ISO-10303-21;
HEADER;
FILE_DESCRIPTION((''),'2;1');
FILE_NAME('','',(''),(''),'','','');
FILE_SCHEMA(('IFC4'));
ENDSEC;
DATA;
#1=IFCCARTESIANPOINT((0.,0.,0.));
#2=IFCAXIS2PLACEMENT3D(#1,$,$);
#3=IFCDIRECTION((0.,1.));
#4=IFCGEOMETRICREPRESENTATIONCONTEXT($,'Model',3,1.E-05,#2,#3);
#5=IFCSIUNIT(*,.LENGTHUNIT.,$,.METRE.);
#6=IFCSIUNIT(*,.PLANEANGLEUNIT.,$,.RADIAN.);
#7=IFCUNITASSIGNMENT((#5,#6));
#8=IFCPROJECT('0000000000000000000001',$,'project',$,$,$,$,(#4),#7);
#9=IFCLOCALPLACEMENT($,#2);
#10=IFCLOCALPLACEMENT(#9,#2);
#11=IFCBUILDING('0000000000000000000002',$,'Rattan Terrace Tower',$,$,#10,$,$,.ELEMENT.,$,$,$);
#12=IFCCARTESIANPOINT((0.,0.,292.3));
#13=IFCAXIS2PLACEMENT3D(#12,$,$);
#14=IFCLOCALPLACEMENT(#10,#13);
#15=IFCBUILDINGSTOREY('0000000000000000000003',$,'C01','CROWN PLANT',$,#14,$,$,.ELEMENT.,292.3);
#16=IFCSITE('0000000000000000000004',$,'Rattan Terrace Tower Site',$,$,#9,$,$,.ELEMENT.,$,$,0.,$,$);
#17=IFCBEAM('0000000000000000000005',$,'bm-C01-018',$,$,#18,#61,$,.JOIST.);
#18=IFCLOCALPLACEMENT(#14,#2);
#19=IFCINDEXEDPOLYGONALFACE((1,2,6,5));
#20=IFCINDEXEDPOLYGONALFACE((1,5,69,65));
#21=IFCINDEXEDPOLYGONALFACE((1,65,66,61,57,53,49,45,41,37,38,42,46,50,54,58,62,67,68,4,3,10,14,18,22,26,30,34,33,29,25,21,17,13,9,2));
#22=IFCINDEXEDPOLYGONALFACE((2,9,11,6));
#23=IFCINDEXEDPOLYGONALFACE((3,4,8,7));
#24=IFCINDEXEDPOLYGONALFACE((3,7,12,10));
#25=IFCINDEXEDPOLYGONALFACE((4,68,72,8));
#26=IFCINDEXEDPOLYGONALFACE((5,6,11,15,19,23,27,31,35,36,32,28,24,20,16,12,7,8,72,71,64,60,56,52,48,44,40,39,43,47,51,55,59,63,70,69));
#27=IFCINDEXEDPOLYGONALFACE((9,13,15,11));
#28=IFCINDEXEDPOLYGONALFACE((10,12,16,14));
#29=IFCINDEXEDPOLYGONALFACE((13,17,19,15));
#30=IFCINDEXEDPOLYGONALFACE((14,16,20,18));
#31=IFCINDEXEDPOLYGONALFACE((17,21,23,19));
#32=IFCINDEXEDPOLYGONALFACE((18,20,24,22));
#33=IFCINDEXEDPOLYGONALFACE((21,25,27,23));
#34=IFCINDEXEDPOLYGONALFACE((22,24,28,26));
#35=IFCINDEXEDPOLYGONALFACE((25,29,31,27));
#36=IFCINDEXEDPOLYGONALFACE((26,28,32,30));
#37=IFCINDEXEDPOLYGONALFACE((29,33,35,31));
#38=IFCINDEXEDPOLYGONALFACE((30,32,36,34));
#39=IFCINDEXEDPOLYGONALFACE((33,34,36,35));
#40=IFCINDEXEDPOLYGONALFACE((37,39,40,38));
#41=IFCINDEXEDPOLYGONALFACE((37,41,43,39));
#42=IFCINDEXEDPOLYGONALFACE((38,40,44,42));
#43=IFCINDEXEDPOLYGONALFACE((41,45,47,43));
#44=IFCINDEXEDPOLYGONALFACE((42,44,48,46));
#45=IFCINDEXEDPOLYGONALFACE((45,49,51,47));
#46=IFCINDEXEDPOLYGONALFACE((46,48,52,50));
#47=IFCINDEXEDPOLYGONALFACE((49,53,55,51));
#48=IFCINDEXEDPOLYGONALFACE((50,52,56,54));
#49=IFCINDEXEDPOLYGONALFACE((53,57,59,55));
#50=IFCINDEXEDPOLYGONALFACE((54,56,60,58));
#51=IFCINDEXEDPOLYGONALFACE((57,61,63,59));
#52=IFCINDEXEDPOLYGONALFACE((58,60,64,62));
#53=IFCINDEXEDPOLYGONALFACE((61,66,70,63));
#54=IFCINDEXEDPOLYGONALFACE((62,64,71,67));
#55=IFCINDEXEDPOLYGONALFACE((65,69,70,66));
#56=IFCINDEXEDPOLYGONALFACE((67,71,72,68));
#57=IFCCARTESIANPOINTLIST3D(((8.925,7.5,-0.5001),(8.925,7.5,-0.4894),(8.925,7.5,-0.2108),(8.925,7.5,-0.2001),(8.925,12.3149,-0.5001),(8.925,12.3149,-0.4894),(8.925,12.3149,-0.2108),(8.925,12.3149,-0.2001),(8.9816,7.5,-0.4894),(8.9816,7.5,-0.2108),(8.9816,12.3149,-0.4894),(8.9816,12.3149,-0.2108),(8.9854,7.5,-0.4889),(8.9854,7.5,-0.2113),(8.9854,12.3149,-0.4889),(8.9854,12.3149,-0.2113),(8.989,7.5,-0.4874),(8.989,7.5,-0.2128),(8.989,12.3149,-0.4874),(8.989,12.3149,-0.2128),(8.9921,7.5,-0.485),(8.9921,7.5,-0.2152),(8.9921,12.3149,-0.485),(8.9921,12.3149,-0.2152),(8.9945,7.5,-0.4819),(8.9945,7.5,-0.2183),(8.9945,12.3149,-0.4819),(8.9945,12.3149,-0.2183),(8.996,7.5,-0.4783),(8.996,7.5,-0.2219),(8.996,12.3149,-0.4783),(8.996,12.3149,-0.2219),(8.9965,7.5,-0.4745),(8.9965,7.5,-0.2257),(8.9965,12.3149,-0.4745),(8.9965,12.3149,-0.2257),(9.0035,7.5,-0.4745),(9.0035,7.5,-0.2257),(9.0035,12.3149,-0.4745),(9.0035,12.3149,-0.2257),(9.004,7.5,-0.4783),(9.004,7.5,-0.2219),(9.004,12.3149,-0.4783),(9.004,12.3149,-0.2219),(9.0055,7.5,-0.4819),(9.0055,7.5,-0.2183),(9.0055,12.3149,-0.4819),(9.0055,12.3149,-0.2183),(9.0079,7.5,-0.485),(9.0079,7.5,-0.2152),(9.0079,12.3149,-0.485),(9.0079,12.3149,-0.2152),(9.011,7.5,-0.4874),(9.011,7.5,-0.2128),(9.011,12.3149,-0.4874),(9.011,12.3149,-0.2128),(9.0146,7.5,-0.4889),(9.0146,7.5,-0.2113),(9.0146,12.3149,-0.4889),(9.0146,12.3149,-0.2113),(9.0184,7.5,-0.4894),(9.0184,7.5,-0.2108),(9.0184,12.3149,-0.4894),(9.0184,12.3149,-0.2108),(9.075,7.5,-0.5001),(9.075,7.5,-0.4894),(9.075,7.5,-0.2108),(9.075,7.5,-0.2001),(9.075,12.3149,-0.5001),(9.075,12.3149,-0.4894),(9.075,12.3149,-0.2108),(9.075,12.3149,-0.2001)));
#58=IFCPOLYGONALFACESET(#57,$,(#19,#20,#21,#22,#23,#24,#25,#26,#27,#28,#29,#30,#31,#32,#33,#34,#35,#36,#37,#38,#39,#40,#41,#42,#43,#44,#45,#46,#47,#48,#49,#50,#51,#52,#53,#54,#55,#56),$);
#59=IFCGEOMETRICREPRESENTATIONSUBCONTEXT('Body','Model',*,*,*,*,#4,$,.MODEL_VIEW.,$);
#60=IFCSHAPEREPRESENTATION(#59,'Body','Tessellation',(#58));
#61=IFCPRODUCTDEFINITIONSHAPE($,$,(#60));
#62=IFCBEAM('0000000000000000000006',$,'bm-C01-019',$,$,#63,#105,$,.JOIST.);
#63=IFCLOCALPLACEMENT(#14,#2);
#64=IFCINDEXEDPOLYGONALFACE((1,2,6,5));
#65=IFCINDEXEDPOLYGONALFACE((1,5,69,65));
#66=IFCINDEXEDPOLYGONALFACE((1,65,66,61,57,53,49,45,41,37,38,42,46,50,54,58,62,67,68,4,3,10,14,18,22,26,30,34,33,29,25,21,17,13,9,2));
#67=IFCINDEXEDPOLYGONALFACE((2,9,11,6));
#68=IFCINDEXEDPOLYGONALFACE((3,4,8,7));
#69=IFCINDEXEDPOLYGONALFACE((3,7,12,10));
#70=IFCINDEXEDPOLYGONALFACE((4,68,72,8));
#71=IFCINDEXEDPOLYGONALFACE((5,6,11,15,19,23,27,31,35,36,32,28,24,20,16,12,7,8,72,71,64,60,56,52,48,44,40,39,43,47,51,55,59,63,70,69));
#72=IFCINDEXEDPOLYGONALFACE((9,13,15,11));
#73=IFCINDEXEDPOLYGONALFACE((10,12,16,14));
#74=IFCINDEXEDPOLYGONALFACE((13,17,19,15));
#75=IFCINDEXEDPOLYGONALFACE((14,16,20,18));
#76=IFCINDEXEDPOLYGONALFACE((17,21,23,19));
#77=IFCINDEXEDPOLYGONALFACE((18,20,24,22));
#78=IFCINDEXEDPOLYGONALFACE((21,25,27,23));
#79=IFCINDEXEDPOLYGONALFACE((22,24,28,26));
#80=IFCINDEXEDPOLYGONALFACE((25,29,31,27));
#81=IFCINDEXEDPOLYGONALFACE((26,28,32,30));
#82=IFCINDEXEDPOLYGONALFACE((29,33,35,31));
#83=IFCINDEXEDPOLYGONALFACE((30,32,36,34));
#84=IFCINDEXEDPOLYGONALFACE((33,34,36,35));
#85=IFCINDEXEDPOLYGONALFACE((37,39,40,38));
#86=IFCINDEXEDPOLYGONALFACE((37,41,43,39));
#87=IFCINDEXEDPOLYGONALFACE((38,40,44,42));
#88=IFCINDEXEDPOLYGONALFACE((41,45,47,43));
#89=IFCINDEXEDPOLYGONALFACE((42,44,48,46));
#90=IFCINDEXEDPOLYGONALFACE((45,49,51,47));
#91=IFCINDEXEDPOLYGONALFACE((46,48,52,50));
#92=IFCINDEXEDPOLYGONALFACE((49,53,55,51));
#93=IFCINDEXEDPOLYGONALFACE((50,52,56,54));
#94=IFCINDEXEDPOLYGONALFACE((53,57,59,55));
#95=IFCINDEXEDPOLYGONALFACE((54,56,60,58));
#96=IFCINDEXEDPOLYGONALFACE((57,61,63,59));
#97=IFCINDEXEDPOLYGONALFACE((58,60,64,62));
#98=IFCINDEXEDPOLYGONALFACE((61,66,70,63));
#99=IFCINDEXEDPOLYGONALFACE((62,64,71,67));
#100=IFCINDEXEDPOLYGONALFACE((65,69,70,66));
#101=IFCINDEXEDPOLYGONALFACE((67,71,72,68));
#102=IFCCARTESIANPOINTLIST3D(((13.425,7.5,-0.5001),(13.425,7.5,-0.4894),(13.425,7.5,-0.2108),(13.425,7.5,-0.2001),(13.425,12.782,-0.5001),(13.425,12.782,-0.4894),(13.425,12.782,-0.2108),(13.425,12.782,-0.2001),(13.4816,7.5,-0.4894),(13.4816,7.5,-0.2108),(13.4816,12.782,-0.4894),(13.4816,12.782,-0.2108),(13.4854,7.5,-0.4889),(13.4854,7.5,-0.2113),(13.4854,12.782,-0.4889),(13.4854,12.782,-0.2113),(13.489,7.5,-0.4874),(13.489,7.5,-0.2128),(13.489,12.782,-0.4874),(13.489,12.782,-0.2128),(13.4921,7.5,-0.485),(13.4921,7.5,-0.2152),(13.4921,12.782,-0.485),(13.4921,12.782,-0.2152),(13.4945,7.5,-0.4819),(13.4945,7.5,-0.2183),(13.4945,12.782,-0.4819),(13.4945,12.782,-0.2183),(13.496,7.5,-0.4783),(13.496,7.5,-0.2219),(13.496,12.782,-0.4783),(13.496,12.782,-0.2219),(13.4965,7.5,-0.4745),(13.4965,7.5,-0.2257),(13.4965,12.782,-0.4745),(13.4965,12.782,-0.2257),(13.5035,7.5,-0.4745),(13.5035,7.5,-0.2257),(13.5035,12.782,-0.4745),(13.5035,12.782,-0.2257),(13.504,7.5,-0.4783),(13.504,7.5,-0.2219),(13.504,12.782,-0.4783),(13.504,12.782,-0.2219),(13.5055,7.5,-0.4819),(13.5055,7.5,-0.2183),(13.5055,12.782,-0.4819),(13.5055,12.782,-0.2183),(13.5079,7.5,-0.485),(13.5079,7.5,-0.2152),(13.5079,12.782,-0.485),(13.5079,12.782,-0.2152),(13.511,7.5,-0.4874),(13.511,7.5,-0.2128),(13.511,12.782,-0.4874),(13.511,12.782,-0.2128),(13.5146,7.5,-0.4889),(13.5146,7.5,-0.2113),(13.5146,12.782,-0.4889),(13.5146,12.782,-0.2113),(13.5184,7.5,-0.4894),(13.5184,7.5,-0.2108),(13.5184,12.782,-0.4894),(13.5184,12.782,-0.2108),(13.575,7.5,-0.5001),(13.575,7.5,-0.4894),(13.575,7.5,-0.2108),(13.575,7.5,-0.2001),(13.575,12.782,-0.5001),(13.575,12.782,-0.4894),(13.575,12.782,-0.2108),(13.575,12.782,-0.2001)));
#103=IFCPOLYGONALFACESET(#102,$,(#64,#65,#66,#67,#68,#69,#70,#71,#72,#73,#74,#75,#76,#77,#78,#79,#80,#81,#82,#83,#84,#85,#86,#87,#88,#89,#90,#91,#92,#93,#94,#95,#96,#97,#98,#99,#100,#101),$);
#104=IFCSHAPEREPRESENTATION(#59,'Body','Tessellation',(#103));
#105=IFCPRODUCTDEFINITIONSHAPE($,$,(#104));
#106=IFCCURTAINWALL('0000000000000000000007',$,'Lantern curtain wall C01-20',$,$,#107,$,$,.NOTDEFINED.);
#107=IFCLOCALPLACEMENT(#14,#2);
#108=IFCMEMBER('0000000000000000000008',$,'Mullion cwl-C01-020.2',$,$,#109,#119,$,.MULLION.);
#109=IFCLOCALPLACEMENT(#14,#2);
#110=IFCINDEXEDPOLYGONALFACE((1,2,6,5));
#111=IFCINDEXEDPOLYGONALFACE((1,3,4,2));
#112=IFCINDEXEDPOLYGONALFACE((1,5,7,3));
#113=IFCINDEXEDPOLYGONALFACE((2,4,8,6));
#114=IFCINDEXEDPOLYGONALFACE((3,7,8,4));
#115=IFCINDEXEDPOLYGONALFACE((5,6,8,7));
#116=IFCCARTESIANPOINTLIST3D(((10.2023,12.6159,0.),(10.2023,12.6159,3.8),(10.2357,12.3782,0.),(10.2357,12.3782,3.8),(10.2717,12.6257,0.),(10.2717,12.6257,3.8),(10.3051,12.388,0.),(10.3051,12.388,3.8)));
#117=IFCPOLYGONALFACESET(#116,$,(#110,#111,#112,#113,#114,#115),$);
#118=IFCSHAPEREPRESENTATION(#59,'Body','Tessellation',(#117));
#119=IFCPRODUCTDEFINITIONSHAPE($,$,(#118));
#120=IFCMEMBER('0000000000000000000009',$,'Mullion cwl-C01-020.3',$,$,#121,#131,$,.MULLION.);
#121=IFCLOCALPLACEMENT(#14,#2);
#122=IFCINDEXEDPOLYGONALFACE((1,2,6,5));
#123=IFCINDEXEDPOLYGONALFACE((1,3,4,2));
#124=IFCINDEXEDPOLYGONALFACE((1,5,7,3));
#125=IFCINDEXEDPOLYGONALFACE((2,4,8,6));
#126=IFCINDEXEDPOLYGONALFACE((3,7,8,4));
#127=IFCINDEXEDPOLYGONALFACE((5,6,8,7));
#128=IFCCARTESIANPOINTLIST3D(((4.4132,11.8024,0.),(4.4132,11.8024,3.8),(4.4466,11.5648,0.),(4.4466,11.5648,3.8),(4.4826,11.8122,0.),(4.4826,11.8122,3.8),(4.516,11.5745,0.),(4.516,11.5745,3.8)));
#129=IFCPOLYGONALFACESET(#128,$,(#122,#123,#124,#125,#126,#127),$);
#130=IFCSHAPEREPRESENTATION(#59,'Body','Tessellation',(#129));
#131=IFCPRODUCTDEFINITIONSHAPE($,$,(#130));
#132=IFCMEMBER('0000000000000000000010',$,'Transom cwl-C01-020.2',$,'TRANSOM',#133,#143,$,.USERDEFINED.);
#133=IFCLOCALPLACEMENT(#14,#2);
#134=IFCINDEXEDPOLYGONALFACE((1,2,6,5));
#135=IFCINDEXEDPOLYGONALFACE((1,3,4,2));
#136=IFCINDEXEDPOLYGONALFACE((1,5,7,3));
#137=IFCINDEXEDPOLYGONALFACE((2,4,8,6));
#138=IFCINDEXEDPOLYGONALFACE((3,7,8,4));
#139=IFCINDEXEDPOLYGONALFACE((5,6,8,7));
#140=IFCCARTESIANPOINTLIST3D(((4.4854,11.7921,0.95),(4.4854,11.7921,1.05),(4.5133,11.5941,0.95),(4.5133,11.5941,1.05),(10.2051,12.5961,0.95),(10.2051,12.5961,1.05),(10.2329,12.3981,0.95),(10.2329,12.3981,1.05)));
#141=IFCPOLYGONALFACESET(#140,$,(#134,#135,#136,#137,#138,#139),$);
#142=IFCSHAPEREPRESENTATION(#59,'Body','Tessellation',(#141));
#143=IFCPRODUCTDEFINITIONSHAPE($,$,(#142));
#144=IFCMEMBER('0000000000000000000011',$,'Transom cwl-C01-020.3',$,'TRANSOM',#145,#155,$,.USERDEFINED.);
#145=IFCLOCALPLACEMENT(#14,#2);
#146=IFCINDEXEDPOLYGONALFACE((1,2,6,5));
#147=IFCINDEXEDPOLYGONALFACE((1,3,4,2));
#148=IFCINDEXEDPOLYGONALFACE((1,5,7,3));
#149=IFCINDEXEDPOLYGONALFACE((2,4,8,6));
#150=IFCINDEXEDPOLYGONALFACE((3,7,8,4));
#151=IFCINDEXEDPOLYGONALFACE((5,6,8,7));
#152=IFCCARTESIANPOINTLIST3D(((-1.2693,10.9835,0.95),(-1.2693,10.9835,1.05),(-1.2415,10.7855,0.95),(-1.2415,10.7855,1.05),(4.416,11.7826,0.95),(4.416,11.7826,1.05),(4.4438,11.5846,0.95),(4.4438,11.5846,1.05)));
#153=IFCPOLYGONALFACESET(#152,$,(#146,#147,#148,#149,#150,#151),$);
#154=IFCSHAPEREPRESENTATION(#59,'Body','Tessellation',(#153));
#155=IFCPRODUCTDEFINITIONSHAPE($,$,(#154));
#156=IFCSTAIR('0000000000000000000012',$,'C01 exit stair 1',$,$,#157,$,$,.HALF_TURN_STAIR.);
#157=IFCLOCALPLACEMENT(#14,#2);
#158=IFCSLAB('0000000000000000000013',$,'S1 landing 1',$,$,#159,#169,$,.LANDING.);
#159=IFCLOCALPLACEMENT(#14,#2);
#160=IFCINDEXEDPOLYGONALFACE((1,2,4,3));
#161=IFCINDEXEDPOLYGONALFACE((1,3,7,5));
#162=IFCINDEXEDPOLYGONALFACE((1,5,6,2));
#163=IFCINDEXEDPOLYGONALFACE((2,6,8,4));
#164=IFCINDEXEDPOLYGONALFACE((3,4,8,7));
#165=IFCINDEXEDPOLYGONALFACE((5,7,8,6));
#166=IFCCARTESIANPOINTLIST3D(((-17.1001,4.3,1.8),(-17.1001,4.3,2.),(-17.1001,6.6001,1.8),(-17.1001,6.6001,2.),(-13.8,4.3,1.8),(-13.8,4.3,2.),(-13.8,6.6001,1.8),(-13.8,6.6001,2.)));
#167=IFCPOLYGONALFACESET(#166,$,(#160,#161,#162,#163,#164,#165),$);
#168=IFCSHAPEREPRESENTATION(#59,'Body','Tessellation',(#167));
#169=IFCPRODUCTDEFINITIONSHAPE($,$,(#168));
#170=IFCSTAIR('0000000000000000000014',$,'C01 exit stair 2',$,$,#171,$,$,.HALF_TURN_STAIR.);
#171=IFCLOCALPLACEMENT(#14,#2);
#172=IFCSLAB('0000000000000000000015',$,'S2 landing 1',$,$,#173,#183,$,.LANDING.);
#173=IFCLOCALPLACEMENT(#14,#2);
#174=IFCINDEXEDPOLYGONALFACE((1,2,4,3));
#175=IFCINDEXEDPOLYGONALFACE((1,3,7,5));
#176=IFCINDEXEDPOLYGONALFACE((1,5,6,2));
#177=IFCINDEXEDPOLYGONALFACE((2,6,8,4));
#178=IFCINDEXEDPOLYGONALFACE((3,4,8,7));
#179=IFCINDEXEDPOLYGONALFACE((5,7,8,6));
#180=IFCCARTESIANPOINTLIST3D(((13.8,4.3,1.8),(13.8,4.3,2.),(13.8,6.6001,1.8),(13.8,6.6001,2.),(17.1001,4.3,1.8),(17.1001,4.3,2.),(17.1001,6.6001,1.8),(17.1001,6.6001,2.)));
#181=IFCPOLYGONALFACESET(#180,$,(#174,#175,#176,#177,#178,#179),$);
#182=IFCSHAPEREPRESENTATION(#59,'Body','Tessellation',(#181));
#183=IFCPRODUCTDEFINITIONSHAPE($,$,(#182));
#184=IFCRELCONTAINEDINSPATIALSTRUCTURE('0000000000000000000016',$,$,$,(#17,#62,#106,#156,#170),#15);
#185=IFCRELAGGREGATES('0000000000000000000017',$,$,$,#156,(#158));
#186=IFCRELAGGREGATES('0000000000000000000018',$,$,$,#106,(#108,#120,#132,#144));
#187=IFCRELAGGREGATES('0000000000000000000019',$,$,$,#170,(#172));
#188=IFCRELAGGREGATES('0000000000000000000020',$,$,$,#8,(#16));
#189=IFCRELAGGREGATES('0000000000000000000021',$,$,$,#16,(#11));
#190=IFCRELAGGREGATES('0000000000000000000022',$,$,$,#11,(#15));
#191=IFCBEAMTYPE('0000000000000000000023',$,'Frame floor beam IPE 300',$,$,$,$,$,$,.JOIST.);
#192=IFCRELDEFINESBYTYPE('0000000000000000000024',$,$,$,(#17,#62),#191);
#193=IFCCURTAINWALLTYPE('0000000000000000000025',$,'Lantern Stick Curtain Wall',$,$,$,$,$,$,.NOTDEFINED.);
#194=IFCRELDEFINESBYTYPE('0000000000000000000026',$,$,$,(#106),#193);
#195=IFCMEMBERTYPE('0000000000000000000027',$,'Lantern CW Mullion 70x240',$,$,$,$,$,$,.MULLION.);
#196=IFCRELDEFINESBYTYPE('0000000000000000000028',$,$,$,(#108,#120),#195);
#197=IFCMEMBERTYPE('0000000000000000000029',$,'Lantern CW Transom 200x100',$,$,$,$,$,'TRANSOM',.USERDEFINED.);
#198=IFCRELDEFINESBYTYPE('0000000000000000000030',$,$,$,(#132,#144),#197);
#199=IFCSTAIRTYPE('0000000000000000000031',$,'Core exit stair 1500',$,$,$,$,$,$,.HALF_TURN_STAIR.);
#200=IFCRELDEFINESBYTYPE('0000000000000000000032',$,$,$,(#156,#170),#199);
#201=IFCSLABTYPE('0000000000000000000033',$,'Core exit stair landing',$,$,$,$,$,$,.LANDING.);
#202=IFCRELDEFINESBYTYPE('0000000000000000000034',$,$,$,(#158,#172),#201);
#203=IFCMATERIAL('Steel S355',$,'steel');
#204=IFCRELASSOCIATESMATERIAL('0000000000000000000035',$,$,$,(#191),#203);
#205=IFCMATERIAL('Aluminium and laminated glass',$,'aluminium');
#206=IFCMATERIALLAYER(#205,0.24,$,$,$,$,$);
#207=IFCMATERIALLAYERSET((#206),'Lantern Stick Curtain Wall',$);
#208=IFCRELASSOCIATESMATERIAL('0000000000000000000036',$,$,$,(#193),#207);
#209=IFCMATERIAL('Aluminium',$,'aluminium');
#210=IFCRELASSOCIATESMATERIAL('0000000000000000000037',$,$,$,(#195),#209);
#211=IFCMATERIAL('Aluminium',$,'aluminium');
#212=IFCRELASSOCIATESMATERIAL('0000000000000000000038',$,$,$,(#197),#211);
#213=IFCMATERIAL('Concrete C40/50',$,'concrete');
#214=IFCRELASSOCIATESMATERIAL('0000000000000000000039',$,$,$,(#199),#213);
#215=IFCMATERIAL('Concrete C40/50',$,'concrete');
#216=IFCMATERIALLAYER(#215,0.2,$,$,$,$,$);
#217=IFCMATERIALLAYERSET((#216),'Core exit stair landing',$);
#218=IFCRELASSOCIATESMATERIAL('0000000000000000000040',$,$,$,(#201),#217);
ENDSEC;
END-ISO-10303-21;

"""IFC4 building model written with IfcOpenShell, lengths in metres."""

from ifc_helpers import new_model, si_unit, direction, frame, origin, origin_2d, place, context, subcontext, project, spatial, polyline, rectangle, i_section, outline, extrude, material, layer, layer_set, material_profile, profile_set, type_object, element, aggregate, save


model = new_model("IFC4")

# Units and contexts
model_context = context("Model", 3, precision=1e-05, world=origin(), true_north=direction((0.0, 1.0)))
body_context = subcontext(model_context, "Body", "Model", "MODEL_VIEW")
ifc_project = project(units=[si_unit("LENGTHUNIT", "METRE"), si_unit("PLANEANGLEUNIT", "RADIAN")], contexts=[model_context])

# Site, building, storey
site_placement = place(None, origin())
site = spatial("IfcSite", under=ifc_project, at=site_placement, Name="Rattan Terrace Tower Site", CompositionType="ELEMENT", RefElevation=0.0)
building_placement = place(site_placement, origin())
building = spatial("IfcBuilding", under=site, at=building_placement, Name="Rattan Terrace Tower", CompositionType="ELEMENT")
storey_placement = place(building_placement, frame((0.0, 0.0, 292.3)))
storey = spatial("IfcBuildingStorey", under=building, at=storey_placement, Name="C01", Description="CROWN PLANT", CompositionType="ELEMENT", Elevation=292.3)

# Beams
ifc_material_1 = material(Name="Steel S355", Category="steel")
ifc_material_profile_1 = material_profile(ifc_material_1, i_section(OverallWidth=0.1499, OverallDepth=0.3, WebThickness=0.0071, FlangeThickness=0.0107, FilletRadius=0.0149, at=origin_2d()), Name="IPE 300")
ifc_profile_set_1 = profile_set([ifc_material_profile_1], Name="Steel S355")
beam_type_1 = type_object("IfcBeamType", Name="Frame floor beam IPE 300", PredefinedType="JOIST", material=ifc_profile_set_1)
beam_1_placement = place(storey_placement, frame((9.0, 7.5, -0.3501), z_axis=(0.0, 1.0, 0.0), x_axis=(-1.0, 0.0, 0.0)))
element("IfcBeam", 1, at=beam_1_placement, inside=storey, type_object=beam_type_1, Name="bm-C01-018", PredefinedType="JOIST", context=body_context, shape_type="SweptSolid", body=[
    extrude(i_section(OverallWidth=0.1499, OverallDepth=0.3, WebThickness=0.0071, FlangeThickness=0.0107, FilletRadius=0.0149, at=origin_2d()), origin(), (0.0, 0.0, 1.0), 4.8149),
])
beam_2_placement = place(storey_placement, frame((13.5, 7.5, -0.3501), z_axis=(0.0, 1.0, 0.0), x_axis=(-1.0, 0.0, 0.0)))
element("IfcBeam", 2, at=beam_2_placement, inside=storey, type_object=beam_type_1, Name="bm-C01-019", PredefinedType="JOIST", context=body_context, shape_type="SweptSolid", body=[
    extrude(i_section(OverallWidth=0.1499, OverallDepth=0.3, WebThickness=0.0071, FlangeThickness=0.0107, FilletRadius=0.0149, at=origin_2d()), origin(), (0.0, 0.0, 1.0), 5.282),
])

# Curtain wall, members
ifc_material_2 = material(Name="Aluminium and laminated glass", Category="aluminium")
ifc_layer_1 = layer(ifc_material_2, 0.24)
ifc_layer_set_1 = layer_set([ifc_layer_1], Name="Lantern Stick Curtain Wall")
curtain_wall_type = type_object("IfcCurtainWallType", Name="Lantern Stick Curtain Wall", PredefinedType="NOTDEFINED", material=ifc_layer_set_1)
curtain_wall_placement = place(storey_placement, origin())
curtain_wall = element("IfcCurtainWall", 3, at=curtain_wall_placement, inside=storey, type_object=curtain_wall_type, Name="Lantern curtain wall C01-20", PredefinedType="NOTDEFINED")
ifc_material_3 = material(Name="Aluminium", Category="aluminium")
ifc_material_profile_2 = material_profile(ifc_material_3, rectangle(XDim=0.0701, YDim=0.24, at=origin_2d()), Name="Aluminium 70x240")
ifc_profile_set_2 = profile_set([ifc_material_profile_2], Name="Aluminium")
member_type_1 = type_object("IfcMemberType", Name="Lantern CW Mullion 70x240", PredefinedType="MULLION", material=ifc_profile_set_2)
member_1_placement = place(storey_placement, frame((10.2537, 12.502, 0.0), z_axis=(0.0, 0.0, 1.0), x_axis=(-0.990267, -0.139181, 0.0)))
member_1 = element("IfcMember", 4, at=member_1_placement, type_object=member_type_1, Name="Mullion cwl-C01-020.2", PredefinedType="MULLION", context=body_context, shape_type="SweptSolid", body=[
    extrude(rectangle(XDim=0.0701, YDim=0.24, at=origin_2d()), origin(), (0.0, 0.0, 1.0), 3.8),
])
member_2_placement = place(storey_placement, frame((4.4646, 11.6885, 0.0), z_axis=(0.0, 0.0, 1.0), x_axis=(-0.990267, -0.139181, 0.0)))
member_2 = element("IfcMember", 5, at=member_2_placement, type_object=member_type_1, Name="Mullion cwl-C01-020.3", PredefinedType="MULLION", context=body_context, shape_type="SweptSolid", body=[
    extrude(rectangle(XDim=0.0701, YDim=0.24, at=origin_2d()), origin(), (0.0, 0.0, 1.0), 3.8),
])
ifc_material_4 = material(Name="Aluminium", Category="aluminium")
ifc_material_profile_3 = material_profile(ifc_material_4, rectangle(XDim=0.2, YDim=0.1001, at=origin_2d()), Name="Aluminium 200x100")
ifc_profile_set_3 = profile_set([ifc_material_profile_3], Name="Aluminium")
member_type_2 = type_object("IfcMemberType", Name="Lantern CW Transom 200x100", ElementType="TRANSOM", PredefinedType="USERDEFINED", material=ifc_profile_set_3)
member_3_placement = place(storey_placement, frame((10.219, 12.4971, 1.0), z_axis=(-0.990266, -0.13919, 0.0), x_axis=(0.13919, -0.990266, 0.0)))
member_3 = element("IfcMember", 6, at=member_3_placement, type_object=member_type_2, Name="Transom cwl-C01-020.2", ObjectType="TRANSOM", PredefinedType="USERDEFINED", context=body_context, shape_type="SweptSolid", body=[
    extrude(rectangle(XDim=0.2, YDim=0.1001, at=origin_2d()), origin(), (0.0, 0.0, 1.0), 5.7759),
])
member_4_placement = place(storey_placement, frame((4.4299, 11.6836, 1.0), z_axis=(-0.990267, -0.139183, 0.0), x_axis=(0.139183, -0.990267, 0.0)))
member_4 = element("IfcMember", 7, at=member_4_placement, type_object=member_type_2, Name="Transom cwl-C01-020.3", ObjectType="TRANSOM", PredefinedType="USERDEFINED", context=body_context, shape_type="SweptSolid", body=[
    extrude(rectangle(XDim=0.2, YDim=0.1001, at=origin_2d()), origin(), (0.0, 0.0, 1.0), 5.7412),
])

# Stairs, slabs
ifc_material_5 = material(Name="Concrete C40/50", Category="concrete")
stair_type = type_object("IfcStairType", Name="Core exit stair 1500", PredefinedType="HALF_TURN_STAIR", material=ifc_material_5)
stair_1_placement = place(storey_placement, origin())
stair_1 = element("IfcStair", 8, at=stair_1_placement, inside=storey, type_object=stair_type, Name="C01 exit stair 1", PredefinedType="HALF_TURN_STAIR")
ifc_material_6 = material(Name="Concrete C40/50", Category="concrete")
ifc_layer_2 = layer(ifc_material_6, 0.2)
ifc_layer_set_2 = layer_set([ifc_layer_2], Name="Core exit stair landing")
slab_type_1 = type_object("IfcSlabType", Name="Core exit stair landing", PredefinedType="LANDING", material=ifc_layer_set_2)
slab_1_placement = place(storey_placement, frame((0.0, 0.0, 1.8)))
slab_1 = element("IfcSlab", 9, at=slab_1_placement, type_object=slab_type_1, Name="S1 landing 1", PredefinedType="LANDING", context=body_context, shape_type="SweptSolid", body=[
    extrude(outline(polyline([(-13.8, 4.3), (-13.8, 6.6001), (-17.1001, 6.6001), (-17.1001, 4.3), (-13.8, 4.3)])), origin(), (0.0, 0.0, 1.0), 0.2),
])
aggregate(stair_1, [slab_1])
stair_2_placement = place(storey_placement, origin())
stair_2 = element("IfcStair", 10, at=stair_2_placement, inside=storey, type_object=stair_type, Name="C01 exit stair 2", PredefinedType="HALF_TURN_STAIR")
slab_2_placement = place(storey_placement, frame((0.0, 0.0, 1.8)))
slab_2 = element("IfcSlab", 11, at=slab_2_placement, type_object=slab_type_1, Name="S2 landing 1", PredefinedType="LANDING", context=body_context, shape_type="SweptSolid", body=[
    extrude(outline(polyline([(17.1001, 4.3), (17.1001, 6.6001), (13.8, 6.6001), (13.8, 4.3), (17.1001, 4.3)])), origin(), (0.0, 0.0, 1.0), 0.2),
])

aggregate(curtain_wall, [member_1, member_2, member_3, member_4])

aggregate(stair_2, [slab_2])

save(model, "model.ifc")
